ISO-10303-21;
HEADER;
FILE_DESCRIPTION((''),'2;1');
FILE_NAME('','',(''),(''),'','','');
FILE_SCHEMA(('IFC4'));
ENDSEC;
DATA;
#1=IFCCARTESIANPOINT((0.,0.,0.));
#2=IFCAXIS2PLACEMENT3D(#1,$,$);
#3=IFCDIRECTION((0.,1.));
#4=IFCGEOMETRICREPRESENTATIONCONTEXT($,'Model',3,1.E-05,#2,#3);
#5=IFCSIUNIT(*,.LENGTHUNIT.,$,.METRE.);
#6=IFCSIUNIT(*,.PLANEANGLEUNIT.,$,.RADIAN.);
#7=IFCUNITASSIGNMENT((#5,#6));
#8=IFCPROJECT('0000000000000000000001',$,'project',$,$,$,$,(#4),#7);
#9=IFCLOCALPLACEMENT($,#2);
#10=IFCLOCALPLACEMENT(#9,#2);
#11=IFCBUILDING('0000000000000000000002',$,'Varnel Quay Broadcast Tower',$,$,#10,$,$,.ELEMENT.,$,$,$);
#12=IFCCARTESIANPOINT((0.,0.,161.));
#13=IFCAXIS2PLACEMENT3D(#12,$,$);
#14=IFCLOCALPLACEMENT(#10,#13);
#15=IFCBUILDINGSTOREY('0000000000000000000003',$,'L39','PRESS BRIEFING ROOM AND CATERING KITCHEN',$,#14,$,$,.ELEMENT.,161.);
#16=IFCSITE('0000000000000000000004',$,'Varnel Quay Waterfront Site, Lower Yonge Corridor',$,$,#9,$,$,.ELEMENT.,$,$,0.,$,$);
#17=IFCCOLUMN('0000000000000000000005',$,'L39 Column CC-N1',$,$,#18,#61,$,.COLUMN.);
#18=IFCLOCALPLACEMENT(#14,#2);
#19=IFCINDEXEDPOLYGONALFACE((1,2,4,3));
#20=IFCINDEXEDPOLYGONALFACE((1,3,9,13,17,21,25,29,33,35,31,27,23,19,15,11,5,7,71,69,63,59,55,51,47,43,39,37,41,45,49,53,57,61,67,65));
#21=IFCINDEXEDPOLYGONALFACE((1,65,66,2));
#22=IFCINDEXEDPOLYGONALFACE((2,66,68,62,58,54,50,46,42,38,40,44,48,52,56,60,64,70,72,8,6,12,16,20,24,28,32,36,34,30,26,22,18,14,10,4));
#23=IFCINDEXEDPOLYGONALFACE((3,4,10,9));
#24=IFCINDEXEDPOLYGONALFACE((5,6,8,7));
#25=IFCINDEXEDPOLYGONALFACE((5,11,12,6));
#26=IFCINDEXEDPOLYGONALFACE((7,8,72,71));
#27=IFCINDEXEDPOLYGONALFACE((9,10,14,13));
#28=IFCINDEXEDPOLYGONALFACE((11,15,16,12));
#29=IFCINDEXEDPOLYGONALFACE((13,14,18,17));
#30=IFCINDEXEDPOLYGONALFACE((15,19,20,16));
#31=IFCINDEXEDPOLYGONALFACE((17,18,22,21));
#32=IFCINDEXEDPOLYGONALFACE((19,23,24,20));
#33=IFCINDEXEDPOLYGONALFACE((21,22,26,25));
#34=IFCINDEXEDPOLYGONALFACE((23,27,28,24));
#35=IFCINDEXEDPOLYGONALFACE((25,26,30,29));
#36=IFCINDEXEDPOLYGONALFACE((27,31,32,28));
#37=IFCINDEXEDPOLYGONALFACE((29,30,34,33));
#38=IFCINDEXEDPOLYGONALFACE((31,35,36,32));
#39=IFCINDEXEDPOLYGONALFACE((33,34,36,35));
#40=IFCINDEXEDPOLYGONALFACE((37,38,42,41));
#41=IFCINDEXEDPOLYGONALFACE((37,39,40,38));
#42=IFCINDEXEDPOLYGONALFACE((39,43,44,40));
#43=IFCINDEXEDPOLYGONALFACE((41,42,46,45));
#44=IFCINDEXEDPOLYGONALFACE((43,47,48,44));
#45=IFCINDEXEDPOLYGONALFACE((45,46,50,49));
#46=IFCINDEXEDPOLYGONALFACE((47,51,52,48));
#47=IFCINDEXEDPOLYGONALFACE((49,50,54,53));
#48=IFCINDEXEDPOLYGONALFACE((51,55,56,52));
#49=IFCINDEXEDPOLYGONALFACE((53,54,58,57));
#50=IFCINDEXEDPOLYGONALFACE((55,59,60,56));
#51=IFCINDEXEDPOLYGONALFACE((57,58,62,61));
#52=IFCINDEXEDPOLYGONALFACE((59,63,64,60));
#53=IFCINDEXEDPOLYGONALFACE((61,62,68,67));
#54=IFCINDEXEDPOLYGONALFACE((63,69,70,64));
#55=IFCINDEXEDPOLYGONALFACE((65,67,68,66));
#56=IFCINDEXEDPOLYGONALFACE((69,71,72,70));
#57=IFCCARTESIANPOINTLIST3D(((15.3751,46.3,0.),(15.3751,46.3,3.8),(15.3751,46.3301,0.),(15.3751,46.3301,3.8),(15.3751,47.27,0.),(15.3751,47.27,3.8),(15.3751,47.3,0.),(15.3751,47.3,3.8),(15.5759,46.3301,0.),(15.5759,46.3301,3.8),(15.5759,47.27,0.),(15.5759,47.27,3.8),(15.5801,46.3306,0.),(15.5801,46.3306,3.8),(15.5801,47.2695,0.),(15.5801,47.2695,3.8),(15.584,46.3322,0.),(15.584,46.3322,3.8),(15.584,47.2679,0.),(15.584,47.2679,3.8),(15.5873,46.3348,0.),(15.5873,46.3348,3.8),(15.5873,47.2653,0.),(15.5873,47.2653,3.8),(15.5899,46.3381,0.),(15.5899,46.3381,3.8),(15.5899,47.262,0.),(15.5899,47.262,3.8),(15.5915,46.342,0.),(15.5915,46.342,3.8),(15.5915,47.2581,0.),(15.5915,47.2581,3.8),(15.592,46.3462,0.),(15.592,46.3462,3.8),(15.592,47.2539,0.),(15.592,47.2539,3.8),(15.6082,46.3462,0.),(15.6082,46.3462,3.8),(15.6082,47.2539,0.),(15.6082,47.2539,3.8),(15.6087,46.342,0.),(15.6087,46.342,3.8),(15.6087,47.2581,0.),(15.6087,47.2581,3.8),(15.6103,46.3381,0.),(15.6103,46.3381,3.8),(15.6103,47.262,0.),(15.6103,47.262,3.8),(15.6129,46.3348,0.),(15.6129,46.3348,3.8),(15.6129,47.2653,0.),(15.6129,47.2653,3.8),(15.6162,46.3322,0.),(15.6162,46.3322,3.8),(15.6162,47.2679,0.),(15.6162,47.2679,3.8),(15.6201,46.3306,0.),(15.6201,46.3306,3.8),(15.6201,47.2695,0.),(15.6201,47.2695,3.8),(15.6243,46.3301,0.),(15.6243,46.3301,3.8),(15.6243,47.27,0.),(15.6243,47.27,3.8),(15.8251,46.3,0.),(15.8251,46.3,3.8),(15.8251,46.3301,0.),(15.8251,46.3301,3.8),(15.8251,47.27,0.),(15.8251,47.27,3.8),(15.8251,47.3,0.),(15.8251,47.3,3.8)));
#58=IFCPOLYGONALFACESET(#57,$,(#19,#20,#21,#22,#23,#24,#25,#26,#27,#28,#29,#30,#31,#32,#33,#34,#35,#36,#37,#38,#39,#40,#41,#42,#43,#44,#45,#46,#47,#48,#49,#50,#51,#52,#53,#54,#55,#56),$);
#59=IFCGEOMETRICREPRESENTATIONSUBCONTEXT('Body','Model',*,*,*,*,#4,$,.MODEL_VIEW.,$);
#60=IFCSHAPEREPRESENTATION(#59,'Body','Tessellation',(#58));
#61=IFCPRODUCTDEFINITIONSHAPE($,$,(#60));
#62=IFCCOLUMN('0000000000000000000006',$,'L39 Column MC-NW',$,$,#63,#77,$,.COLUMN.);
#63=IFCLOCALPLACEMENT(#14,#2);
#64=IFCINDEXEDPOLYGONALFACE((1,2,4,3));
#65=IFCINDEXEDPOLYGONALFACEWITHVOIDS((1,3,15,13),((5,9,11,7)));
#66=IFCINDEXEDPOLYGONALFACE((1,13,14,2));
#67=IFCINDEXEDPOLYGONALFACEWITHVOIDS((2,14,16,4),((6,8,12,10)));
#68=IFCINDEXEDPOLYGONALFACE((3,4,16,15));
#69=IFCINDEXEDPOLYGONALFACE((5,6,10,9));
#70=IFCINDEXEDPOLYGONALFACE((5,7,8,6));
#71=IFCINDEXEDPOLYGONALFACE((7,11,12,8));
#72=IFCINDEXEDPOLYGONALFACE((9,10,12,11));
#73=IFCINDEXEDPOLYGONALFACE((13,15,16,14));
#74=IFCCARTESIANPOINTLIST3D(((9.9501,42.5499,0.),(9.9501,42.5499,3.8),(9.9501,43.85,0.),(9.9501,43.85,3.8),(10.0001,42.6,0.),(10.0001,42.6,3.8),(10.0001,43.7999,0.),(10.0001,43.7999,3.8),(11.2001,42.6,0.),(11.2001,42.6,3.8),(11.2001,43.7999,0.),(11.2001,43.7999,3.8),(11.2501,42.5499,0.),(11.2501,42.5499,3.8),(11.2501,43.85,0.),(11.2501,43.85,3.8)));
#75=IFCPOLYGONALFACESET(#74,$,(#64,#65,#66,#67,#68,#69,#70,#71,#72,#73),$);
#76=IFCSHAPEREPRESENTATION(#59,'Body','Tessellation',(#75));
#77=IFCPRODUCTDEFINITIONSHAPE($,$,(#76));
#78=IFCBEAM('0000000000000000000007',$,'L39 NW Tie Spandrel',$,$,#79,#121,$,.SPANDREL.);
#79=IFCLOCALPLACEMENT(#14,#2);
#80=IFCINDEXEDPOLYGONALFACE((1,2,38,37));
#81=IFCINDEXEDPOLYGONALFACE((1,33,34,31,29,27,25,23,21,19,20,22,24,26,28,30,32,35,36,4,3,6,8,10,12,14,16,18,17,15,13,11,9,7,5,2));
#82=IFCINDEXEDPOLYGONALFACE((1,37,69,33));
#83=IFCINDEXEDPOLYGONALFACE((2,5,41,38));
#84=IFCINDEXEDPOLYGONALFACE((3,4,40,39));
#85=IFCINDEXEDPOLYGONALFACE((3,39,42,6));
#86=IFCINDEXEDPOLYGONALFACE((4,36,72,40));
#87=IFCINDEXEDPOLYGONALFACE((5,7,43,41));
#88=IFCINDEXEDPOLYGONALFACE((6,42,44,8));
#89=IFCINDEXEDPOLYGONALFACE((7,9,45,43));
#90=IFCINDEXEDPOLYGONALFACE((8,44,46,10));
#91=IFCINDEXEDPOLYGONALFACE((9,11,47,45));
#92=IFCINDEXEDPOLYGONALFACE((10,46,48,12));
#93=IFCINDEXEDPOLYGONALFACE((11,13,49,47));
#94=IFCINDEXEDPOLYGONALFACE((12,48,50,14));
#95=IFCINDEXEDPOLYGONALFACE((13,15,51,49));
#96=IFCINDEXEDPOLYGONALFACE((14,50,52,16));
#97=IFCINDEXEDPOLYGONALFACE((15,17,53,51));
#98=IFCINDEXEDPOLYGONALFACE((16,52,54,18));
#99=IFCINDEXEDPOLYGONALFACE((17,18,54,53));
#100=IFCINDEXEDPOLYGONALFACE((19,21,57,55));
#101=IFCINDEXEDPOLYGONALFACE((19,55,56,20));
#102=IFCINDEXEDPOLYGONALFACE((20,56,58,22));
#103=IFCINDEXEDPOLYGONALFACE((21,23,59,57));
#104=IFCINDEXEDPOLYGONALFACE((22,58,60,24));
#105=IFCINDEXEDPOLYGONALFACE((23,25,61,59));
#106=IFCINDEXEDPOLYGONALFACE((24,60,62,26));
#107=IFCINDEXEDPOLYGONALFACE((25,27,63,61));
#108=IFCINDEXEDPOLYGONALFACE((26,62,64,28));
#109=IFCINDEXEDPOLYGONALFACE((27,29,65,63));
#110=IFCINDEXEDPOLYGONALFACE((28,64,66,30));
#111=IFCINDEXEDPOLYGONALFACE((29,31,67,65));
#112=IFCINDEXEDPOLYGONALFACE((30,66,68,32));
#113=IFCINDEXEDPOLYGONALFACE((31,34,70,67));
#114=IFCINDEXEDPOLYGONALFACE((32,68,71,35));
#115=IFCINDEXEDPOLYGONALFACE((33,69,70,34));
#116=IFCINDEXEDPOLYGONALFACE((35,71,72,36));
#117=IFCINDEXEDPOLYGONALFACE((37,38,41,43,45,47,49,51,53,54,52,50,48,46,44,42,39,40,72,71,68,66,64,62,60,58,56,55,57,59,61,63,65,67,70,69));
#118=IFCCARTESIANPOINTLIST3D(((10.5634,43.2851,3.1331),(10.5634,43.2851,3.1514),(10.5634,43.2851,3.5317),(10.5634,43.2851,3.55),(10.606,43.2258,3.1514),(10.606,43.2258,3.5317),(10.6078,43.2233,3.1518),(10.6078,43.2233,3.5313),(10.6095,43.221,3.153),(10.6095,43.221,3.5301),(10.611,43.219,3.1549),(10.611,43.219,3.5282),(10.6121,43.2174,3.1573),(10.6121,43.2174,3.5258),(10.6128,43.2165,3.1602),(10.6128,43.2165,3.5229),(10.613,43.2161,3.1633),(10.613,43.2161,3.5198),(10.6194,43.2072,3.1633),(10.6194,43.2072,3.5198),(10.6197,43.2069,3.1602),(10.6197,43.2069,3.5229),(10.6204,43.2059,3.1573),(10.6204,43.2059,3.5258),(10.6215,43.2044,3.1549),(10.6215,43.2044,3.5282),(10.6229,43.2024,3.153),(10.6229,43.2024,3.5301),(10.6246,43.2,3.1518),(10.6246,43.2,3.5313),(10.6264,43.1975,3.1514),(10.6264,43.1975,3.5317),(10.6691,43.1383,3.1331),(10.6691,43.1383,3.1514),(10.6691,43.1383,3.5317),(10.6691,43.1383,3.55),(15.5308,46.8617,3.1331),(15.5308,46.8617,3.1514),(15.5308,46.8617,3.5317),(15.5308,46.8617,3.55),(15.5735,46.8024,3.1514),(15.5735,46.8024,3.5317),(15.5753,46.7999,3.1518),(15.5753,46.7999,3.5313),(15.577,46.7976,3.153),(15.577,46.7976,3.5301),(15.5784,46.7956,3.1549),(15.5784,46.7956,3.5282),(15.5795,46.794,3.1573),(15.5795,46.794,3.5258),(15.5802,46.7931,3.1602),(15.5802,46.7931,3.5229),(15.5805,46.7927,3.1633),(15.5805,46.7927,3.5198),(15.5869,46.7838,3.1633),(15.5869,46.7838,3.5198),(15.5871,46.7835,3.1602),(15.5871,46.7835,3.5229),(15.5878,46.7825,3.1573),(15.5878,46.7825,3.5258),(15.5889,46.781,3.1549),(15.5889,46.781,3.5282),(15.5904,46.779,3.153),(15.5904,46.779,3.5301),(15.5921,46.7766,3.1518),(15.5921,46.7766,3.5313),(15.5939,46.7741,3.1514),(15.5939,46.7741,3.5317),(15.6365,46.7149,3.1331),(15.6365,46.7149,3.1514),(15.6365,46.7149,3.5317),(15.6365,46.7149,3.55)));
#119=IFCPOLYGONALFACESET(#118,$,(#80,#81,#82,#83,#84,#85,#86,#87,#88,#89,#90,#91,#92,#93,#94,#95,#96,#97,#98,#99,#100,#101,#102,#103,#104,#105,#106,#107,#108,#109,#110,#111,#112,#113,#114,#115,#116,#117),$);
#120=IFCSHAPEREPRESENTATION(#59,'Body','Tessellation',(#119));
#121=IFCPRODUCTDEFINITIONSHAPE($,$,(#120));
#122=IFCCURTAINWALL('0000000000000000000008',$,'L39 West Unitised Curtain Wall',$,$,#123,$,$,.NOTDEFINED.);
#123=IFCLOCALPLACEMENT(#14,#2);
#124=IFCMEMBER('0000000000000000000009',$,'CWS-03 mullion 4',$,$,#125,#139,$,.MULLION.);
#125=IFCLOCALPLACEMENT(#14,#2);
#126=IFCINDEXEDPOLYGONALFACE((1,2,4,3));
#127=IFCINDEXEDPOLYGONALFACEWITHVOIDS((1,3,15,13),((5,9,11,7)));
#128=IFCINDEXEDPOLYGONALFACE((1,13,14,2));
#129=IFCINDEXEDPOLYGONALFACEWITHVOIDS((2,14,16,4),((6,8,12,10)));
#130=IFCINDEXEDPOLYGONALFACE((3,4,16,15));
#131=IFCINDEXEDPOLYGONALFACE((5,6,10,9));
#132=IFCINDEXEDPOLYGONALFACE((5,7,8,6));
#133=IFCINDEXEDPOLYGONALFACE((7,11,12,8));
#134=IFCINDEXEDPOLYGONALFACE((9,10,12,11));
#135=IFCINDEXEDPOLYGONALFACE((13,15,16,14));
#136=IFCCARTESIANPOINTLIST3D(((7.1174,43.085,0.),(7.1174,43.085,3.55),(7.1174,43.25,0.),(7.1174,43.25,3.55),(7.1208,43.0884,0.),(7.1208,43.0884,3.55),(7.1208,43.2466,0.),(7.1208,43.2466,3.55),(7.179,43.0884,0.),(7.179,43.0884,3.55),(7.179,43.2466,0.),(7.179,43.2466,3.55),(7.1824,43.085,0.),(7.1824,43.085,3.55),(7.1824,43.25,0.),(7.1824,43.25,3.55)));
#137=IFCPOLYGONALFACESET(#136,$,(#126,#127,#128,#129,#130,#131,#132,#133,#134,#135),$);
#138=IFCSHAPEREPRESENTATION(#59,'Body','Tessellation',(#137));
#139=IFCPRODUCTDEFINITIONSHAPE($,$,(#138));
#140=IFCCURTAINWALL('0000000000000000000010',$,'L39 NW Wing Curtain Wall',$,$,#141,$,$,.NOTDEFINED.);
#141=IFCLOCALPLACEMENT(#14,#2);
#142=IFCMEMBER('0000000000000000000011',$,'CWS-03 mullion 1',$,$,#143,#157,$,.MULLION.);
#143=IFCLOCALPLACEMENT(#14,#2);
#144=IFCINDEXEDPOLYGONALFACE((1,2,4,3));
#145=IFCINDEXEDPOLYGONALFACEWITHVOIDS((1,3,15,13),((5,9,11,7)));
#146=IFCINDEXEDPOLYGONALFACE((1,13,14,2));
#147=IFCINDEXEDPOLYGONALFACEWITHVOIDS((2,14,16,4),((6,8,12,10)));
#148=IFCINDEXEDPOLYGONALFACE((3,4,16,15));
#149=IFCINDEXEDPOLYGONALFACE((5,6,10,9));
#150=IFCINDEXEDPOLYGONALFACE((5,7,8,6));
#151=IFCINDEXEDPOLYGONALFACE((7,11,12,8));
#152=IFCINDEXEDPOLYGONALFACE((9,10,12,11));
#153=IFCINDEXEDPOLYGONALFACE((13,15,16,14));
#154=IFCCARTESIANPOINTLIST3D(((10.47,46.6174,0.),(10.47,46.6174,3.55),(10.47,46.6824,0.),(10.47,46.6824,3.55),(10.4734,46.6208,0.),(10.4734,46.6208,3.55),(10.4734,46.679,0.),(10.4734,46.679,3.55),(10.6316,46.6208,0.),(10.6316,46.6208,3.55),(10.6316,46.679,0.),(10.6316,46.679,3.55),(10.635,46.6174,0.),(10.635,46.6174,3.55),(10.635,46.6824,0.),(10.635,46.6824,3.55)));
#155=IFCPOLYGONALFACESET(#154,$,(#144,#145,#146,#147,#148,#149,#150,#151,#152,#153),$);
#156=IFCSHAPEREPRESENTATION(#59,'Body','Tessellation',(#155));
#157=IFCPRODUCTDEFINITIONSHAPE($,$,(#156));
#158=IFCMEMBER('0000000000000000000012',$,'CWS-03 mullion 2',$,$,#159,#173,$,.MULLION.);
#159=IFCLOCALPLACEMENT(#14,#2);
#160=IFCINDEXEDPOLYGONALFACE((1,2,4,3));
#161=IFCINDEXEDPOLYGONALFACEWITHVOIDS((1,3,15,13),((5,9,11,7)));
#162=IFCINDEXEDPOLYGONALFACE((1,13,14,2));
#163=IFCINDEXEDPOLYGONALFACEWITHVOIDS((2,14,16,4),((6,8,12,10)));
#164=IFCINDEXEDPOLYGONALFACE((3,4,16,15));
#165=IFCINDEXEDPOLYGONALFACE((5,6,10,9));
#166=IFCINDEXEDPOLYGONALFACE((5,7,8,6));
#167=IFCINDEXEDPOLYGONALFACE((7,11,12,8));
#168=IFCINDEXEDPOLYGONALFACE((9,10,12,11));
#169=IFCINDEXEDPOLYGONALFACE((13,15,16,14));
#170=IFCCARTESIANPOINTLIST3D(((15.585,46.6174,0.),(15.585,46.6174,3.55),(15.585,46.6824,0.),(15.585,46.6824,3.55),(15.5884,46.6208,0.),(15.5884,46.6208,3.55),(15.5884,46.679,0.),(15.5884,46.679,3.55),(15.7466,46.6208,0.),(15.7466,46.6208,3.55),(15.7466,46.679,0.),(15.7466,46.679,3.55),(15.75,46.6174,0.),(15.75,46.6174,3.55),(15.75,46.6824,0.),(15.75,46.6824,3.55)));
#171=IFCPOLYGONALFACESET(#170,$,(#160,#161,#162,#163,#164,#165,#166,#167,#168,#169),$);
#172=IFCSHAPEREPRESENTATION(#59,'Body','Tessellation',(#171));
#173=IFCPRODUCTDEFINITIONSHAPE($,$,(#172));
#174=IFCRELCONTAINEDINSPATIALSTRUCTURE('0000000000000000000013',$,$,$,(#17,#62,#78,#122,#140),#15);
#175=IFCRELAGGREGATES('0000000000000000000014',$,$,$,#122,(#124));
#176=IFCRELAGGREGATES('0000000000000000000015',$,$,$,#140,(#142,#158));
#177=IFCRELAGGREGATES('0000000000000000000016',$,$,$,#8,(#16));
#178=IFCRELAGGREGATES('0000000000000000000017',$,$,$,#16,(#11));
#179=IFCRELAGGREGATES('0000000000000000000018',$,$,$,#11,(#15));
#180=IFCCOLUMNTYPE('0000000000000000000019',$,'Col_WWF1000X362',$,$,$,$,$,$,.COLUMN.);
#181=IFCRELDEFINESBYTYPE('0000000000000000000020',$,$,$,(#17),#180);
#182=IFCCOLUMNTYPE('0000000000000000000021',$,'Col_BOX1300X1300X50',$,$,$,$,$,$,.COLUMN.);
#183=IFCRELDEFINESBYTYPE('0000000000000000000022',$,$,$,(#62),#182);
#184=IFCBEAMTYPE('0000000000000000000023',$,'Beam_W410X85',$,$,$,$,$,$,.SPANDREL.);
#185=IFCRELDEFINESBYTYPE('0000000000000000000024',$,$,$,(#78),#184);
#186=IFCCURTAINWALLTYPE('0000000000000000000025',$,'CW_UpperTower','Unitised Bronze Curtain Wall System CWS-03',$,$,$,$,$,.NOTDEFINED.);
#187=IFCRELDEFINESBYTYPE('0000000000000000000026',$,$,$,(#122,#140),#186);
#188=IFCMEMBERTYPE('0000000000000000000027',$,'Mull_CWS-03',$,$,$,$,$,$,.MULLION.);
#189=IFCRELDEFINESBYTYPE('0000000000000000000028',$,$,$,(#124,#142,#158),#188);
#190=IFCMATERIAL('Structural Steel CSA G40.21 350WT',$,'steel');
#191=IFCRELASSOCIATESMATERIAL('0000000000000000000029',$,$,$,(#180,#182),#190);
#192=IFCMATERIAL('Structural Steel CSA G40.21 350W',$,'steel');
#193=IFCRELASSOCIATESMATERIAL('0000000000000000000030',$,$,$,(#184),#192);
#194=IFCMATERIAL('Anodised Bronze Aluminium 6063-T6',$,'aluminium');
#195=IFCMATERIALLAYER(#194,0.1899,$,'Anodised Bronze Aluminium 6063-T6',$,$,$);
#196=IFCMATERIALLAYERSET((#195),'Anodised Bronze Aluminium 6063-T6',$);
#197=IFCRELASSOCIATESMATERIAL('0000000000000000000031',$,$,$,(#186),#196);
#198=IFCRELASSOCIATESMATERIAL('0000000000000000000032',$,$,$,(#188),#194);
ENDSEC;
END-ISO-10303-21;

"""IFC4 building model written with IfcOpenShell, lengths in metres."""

from ifc_helpers import new_model, si_unit, direction, frame, origin, origin_2d, place, context, subcontext, project, spatial, hollow_rectangle, i_section, extrude, source, transform, mapped, material, layer, layer_set, material_profile, profile_set, type_object, type_shapes, element, aggregate, save


model = new_model("IFC4")

# Units and contexts
model_context = context("Model", 3, precision=1e-05, world=origin(), true_north=direction((0.0, 1.0)))
body_context = subcontext(model_context, "Body", "Model", "MODEL_VIEW")
ifc_project = project(units=[si_unit("LENGTHUNIT", "METRE"), si_unit("PLANEANGLEUNIT", "RADIAN")], contexts=[model_context])

# Site, building, storey
site_placement = place(None, origin())
site = spatial("IfcSite", under=ifc_project, at=site_placement, Name="Varnel Quay Waterfront Site, Lower Yonge Corridor", CompositionType="ELEMENT", RefElevation=0.0)
building_placement = place(site_placement, origin())
building = spatial("IfcBuilding", under=site, at=building_placement, Name="Varnel Quay Broadcast Tower", CompositionType="ELEMENT")
storey_placement = place(building_placement, frame((0.0, 0.0, 161.0)))
storey = spatial("IfcBuildingStorey", under=building, at=storey_placement, Name="L39", Description="PRESS BRIEFING ROOM AND CATERING KITCHEN", CompositionType="ELEMENT", Elevation=161.0)

# Columns
ifc_material_1 = material(Name="Structural Steel CSA G40.21 350WT", Category="steel")
ifc_material_profile_1 = material_profile(ifc_material_1, i_section(OverallWidth=0.45, OverallDepth=1.0, WebThickness=0.0161, FlangeThickness=0.03, FilletRadius=0.0161, at=origin_2d()), Name="WWF1000X362")
ifc_profile_set_1 = profile_set([ifc_material_profile_1], Name="Structural Steel CSA G40.21 350WT")
column_type_1 = type_object("IfcColumnType", Name="Col_WWF1000X362", PredefinedType="COLUMN", material=ifc_profile_set_1)
shared_shape_1 = source(origin(), body_context, "Body", "SweptSolid", [
    extrude(i_section(OverallWidth=0.45, OverallDepth=1.0, WebThickness=0.0161, FlangeThickness=0.03, FilletRadius=0.0161, at=origin_2d()), origin(), (0.0, 0.0, 1.0), 3.8),
])
type_shapes(column_type_1, [shared_shape_1])
column_1_placement = place(storey_placement, frame((15.6001, 46.8, 0.0), z_axis=(0.0, 0.0, 1.0), x_axis=(1.0, 0.0, 0.0)))
element("IfcColumn", 1, at=column_1_placement, inside=storey, type_object=column_type_1, Name="L39 Column CC-N1", PredefinedType="COLUMN", context=body_context, shape_type="MappedRepresentation", body=[
    mapped(shared_shape_1, transform((0.0, 0.0, 0.0), x_axis=(1.0, 0.0, 0.0), y_axis=(0.0, 1.0, 0.0), z_axis=(0.0, 0.0, 1.0), scale=1.0)),
])
ifc_material_profile_2 = material_profile(ifc_material_1, hollow_rectangle(XDim=1.3, YDim=1.3, WallThickness=0.05, at=origin_2d()), Name="BOX1300X1300X50")
ifc_profile_set_2 = profile_set([ifc_material_profile_2], Name="Structural Steel CSA G40.21 350WT")
column_type_2 = type_object("IfcColumnType", Name="Col_BOX1300X1300X50", PredefinedType="COLUMN", material=ifc_profile_set_2)
shared_shape_2 = source(origin(), body_context, "Body", "SweptSolid", [
    extrude(hollow_rectangle(XDim=1.3, YDim=1.3, WallThickness=0.05, at=origin_2d()), origin(), (0.0, 0.0, 1.0), 3.8),
])
type_shapes(column_type_2, [shared_shape_2])
column_2_placement = place(storey_placement, frame((10.6001, 43.2, 0.0), z_axis=(0.0, 0.0, 1.0), x_axis=(1.0, 0.0, 0.0)))
element("IfcColumn", 2, at=column_2_placement, inside=storey, type_object=column_type_2, Name="L39 Column MC-NW", PredefinedType="COLUMN", context=body_context, shape_type="MappedRepresentation", body=[
    mapped(shared_shape_2, transform((0.0, 0.0, 0.0), x_axis=(1.0, 0.0, 0.0), y_axis=(0.0, 1.0, 0.0), z_axis=(0.0, 0.0, 1.0), scale=1.0)),
])

# Beam
ifc_material_2 = material(Name="Structural Steel CSA G40.21 350W", Category="steel")
ifc_material_profile_3 = material_profile(ifc_material_2, i_section(OverallWidth=0.1809, OverallDepth=0.417, WebThickness=0.011, FlangeThickness=0.0183, FilletRadius=0.012, at=origin_2d()), Name="W410X85")
ifc_profile_set_3 = profile_set([ifc_material_profile_3], Name="Structural Steel CSA G40.21 350W")
beam_type = type_object("IfcBeamType", Name="Beam_W410X85", PredefinedType="SPANDREL", material=ifc_profile_set_3)
shared_shape_3 = source(origin(), body_context, "Body", "SweptSolid", [
    extrude(i_section(OverallWidth=0.1809, OverallDepth=0.417, WebThickness=0.011, FlangeThickness=0.0183, FilletRadius=0.012, at=origin_2d()), origin(), (0.0, 0.0, 1.0), 6.1211),
])
type_shapes(beam_type, [shared_shape_3])
beam_placement = place(storey_placement, frame((10.6162, 43.2117, 3.3416), z_axis=(0.811531, 0.584309, 0.0), x_axis=(-0.584309, 0.811531, 0.0)))
element("IfcBeam", 3, at=beam_placement, inside=storey, type_object=beam_type, Name="L39 NW Tie Spandrel", PredefinedType="SPANDREL", context=body_context, shape_type="MappedRepresentation", body=[
    mapped(shared_shape_3, transform((0.0, 0.0, 0.0), x_axis=(1.0, 0.0, 0.0), y_axis=(0.0, 1.0, 0.0), z_axis=(0.0, 0.0, 1.0), scale=1.0)),
])

# Curtain wall, member
ifc_material_3 = material(Name="Anodised Bronze Aluminium 6063-T6", Category="aluminium")
ifc_layer_1 = layer(ifc_material_3, 0.1899, Name="Anodised Bronze Aluminium 6063-T6")
ifc_layer_set_1 = layer_set([ifc_layer_1], Name="Anodised Bronze Aluminium 6063-T6")
curtain_wall_type = type_object("IfcCurtainWallType", Name="CW_UpperTower", Description="Unitised Bronze Curtain Wall System CWS-03", PredefinedType="NOTDEFINED", material=ifc_layer_set_1)
curtain_wall_1_placement = place(storey_placement, origin())
curtain_wall_1 = element("IfcCurtainWall", 4, at=curtain_wall_1_placement, inside=storey, type_object=curtain_wall_type, Name="L39 West Unitised Curtain Wall", PredefinedType="NOTDEFINED")
ifc_material_profile_4 = material_profile(ifc_material_3, hollow_rectangle(XDim=0.0649, YDim=0.165, WallThickness=0.0034, at=origin_2d()), Name="ALU65X165X3.5")
ifc_profile_set_4 = profile_set([ifc_material_profile_4], Name="Anodised Bronze Aluminium 6063-T6")
member_type_1 = type_object("IfcMemberType", Name="Mull_CWS-03", PredefinedType="MULLION", material=ifc_profile_set_4)
shared_shape_4 = source(origin(), body_context, "Body", "SweptSolid", [
    extrude(hollow_rectangle(XDim=0.0649, YDim=0.165, WallThickness=0.0034, at=origin_2d()), origin(), (0.0, 0.0, 1.0), 3.55),
])
type_shapes(member_type_1, [shared_shape_4])
member_1_placement = place(storey_placement, frame((7.1499, 43.1675, 0.0), z_axis=(0.0, 0.0, 1.0), x_axis=(-1.0, 0.0, 0.0)))
member_1 = element("IfcMember", 5, at=member_1_placement, type_object=member_type_1, Name="CWS-03 mullion 4", PredefinedType="MULLION", context=body_context, shape_type="MappedRepresentation", body=[
    mapped(shared_shape_4, transform((0.0, 0.0, 0.0), x_axis=(1.0, 0.0, 0.0), y_axis=(0.0, 1.0, 0.0), z_axis=(0.0, 0.0, 1.0), scale=1.0)),
])

# Curtain wall, members
curtain_wall_2_placement = place(storey_placement, origin())
curtain_wall_2 = element("IfcCurtainWall", 6, at=curtain_wall_2_placement, inside=storey, type_object=curtain_wall_type, Name="L39 NW Wing Curtain Wall", PredefinedType="NOTDEFINED")
member_2_placement = place(storey_placement, frame((10.5525, 46.6499, 0.0), z_axis=(0.0, 0.0, 1.0), x_axis=(0.0, 1.0, 0.0)))
member_2 = element("IfcMember", 7, at=member_2_placement, type_object=member_type_1, Name="CWS-03 mullion 1", PredefinedType="MULLION", context=body_context, shape_type="MappedRepresentation", body=[
    mapped(shared_shape_4, transform((0.0, 0.0, 0.0), x_axis=(1.0, 0.0, 0.0), y_axis=(0.0, 1.0, 0.0), z_axis=(0.0, 0.0, 1.0), scale=1.0)),
])
member_3_placement = place(storey_placement, frame((15.6675, 46.6499, 0.0), z_axis=(0.0, 0.0, 1.0), x_axis=(0.0, 1.0, 0.0)))
member_3 = element("IfcMember", 8, at=member_3_placement, type_object=member_type_1, Name="CWS-03 mullion 2", PredefinedType="MULLION", context=body_context, shape_type="MappedRepresentation", body=[
    mapped(shared_shape_4, transform((0.0, 0.0, 0.0), x_axis=(1.0, 0.0, 0.0), y_axis=(0.0, 1.0, 0.0), z_axis=(0.0, 0.0, 1.0), scale=1.0)),
])

aggregate(curtain_wall_1, [member_1])
aggregate(curtain_wall_2, [member_2, member_3])

save(model, "model.ifc")
